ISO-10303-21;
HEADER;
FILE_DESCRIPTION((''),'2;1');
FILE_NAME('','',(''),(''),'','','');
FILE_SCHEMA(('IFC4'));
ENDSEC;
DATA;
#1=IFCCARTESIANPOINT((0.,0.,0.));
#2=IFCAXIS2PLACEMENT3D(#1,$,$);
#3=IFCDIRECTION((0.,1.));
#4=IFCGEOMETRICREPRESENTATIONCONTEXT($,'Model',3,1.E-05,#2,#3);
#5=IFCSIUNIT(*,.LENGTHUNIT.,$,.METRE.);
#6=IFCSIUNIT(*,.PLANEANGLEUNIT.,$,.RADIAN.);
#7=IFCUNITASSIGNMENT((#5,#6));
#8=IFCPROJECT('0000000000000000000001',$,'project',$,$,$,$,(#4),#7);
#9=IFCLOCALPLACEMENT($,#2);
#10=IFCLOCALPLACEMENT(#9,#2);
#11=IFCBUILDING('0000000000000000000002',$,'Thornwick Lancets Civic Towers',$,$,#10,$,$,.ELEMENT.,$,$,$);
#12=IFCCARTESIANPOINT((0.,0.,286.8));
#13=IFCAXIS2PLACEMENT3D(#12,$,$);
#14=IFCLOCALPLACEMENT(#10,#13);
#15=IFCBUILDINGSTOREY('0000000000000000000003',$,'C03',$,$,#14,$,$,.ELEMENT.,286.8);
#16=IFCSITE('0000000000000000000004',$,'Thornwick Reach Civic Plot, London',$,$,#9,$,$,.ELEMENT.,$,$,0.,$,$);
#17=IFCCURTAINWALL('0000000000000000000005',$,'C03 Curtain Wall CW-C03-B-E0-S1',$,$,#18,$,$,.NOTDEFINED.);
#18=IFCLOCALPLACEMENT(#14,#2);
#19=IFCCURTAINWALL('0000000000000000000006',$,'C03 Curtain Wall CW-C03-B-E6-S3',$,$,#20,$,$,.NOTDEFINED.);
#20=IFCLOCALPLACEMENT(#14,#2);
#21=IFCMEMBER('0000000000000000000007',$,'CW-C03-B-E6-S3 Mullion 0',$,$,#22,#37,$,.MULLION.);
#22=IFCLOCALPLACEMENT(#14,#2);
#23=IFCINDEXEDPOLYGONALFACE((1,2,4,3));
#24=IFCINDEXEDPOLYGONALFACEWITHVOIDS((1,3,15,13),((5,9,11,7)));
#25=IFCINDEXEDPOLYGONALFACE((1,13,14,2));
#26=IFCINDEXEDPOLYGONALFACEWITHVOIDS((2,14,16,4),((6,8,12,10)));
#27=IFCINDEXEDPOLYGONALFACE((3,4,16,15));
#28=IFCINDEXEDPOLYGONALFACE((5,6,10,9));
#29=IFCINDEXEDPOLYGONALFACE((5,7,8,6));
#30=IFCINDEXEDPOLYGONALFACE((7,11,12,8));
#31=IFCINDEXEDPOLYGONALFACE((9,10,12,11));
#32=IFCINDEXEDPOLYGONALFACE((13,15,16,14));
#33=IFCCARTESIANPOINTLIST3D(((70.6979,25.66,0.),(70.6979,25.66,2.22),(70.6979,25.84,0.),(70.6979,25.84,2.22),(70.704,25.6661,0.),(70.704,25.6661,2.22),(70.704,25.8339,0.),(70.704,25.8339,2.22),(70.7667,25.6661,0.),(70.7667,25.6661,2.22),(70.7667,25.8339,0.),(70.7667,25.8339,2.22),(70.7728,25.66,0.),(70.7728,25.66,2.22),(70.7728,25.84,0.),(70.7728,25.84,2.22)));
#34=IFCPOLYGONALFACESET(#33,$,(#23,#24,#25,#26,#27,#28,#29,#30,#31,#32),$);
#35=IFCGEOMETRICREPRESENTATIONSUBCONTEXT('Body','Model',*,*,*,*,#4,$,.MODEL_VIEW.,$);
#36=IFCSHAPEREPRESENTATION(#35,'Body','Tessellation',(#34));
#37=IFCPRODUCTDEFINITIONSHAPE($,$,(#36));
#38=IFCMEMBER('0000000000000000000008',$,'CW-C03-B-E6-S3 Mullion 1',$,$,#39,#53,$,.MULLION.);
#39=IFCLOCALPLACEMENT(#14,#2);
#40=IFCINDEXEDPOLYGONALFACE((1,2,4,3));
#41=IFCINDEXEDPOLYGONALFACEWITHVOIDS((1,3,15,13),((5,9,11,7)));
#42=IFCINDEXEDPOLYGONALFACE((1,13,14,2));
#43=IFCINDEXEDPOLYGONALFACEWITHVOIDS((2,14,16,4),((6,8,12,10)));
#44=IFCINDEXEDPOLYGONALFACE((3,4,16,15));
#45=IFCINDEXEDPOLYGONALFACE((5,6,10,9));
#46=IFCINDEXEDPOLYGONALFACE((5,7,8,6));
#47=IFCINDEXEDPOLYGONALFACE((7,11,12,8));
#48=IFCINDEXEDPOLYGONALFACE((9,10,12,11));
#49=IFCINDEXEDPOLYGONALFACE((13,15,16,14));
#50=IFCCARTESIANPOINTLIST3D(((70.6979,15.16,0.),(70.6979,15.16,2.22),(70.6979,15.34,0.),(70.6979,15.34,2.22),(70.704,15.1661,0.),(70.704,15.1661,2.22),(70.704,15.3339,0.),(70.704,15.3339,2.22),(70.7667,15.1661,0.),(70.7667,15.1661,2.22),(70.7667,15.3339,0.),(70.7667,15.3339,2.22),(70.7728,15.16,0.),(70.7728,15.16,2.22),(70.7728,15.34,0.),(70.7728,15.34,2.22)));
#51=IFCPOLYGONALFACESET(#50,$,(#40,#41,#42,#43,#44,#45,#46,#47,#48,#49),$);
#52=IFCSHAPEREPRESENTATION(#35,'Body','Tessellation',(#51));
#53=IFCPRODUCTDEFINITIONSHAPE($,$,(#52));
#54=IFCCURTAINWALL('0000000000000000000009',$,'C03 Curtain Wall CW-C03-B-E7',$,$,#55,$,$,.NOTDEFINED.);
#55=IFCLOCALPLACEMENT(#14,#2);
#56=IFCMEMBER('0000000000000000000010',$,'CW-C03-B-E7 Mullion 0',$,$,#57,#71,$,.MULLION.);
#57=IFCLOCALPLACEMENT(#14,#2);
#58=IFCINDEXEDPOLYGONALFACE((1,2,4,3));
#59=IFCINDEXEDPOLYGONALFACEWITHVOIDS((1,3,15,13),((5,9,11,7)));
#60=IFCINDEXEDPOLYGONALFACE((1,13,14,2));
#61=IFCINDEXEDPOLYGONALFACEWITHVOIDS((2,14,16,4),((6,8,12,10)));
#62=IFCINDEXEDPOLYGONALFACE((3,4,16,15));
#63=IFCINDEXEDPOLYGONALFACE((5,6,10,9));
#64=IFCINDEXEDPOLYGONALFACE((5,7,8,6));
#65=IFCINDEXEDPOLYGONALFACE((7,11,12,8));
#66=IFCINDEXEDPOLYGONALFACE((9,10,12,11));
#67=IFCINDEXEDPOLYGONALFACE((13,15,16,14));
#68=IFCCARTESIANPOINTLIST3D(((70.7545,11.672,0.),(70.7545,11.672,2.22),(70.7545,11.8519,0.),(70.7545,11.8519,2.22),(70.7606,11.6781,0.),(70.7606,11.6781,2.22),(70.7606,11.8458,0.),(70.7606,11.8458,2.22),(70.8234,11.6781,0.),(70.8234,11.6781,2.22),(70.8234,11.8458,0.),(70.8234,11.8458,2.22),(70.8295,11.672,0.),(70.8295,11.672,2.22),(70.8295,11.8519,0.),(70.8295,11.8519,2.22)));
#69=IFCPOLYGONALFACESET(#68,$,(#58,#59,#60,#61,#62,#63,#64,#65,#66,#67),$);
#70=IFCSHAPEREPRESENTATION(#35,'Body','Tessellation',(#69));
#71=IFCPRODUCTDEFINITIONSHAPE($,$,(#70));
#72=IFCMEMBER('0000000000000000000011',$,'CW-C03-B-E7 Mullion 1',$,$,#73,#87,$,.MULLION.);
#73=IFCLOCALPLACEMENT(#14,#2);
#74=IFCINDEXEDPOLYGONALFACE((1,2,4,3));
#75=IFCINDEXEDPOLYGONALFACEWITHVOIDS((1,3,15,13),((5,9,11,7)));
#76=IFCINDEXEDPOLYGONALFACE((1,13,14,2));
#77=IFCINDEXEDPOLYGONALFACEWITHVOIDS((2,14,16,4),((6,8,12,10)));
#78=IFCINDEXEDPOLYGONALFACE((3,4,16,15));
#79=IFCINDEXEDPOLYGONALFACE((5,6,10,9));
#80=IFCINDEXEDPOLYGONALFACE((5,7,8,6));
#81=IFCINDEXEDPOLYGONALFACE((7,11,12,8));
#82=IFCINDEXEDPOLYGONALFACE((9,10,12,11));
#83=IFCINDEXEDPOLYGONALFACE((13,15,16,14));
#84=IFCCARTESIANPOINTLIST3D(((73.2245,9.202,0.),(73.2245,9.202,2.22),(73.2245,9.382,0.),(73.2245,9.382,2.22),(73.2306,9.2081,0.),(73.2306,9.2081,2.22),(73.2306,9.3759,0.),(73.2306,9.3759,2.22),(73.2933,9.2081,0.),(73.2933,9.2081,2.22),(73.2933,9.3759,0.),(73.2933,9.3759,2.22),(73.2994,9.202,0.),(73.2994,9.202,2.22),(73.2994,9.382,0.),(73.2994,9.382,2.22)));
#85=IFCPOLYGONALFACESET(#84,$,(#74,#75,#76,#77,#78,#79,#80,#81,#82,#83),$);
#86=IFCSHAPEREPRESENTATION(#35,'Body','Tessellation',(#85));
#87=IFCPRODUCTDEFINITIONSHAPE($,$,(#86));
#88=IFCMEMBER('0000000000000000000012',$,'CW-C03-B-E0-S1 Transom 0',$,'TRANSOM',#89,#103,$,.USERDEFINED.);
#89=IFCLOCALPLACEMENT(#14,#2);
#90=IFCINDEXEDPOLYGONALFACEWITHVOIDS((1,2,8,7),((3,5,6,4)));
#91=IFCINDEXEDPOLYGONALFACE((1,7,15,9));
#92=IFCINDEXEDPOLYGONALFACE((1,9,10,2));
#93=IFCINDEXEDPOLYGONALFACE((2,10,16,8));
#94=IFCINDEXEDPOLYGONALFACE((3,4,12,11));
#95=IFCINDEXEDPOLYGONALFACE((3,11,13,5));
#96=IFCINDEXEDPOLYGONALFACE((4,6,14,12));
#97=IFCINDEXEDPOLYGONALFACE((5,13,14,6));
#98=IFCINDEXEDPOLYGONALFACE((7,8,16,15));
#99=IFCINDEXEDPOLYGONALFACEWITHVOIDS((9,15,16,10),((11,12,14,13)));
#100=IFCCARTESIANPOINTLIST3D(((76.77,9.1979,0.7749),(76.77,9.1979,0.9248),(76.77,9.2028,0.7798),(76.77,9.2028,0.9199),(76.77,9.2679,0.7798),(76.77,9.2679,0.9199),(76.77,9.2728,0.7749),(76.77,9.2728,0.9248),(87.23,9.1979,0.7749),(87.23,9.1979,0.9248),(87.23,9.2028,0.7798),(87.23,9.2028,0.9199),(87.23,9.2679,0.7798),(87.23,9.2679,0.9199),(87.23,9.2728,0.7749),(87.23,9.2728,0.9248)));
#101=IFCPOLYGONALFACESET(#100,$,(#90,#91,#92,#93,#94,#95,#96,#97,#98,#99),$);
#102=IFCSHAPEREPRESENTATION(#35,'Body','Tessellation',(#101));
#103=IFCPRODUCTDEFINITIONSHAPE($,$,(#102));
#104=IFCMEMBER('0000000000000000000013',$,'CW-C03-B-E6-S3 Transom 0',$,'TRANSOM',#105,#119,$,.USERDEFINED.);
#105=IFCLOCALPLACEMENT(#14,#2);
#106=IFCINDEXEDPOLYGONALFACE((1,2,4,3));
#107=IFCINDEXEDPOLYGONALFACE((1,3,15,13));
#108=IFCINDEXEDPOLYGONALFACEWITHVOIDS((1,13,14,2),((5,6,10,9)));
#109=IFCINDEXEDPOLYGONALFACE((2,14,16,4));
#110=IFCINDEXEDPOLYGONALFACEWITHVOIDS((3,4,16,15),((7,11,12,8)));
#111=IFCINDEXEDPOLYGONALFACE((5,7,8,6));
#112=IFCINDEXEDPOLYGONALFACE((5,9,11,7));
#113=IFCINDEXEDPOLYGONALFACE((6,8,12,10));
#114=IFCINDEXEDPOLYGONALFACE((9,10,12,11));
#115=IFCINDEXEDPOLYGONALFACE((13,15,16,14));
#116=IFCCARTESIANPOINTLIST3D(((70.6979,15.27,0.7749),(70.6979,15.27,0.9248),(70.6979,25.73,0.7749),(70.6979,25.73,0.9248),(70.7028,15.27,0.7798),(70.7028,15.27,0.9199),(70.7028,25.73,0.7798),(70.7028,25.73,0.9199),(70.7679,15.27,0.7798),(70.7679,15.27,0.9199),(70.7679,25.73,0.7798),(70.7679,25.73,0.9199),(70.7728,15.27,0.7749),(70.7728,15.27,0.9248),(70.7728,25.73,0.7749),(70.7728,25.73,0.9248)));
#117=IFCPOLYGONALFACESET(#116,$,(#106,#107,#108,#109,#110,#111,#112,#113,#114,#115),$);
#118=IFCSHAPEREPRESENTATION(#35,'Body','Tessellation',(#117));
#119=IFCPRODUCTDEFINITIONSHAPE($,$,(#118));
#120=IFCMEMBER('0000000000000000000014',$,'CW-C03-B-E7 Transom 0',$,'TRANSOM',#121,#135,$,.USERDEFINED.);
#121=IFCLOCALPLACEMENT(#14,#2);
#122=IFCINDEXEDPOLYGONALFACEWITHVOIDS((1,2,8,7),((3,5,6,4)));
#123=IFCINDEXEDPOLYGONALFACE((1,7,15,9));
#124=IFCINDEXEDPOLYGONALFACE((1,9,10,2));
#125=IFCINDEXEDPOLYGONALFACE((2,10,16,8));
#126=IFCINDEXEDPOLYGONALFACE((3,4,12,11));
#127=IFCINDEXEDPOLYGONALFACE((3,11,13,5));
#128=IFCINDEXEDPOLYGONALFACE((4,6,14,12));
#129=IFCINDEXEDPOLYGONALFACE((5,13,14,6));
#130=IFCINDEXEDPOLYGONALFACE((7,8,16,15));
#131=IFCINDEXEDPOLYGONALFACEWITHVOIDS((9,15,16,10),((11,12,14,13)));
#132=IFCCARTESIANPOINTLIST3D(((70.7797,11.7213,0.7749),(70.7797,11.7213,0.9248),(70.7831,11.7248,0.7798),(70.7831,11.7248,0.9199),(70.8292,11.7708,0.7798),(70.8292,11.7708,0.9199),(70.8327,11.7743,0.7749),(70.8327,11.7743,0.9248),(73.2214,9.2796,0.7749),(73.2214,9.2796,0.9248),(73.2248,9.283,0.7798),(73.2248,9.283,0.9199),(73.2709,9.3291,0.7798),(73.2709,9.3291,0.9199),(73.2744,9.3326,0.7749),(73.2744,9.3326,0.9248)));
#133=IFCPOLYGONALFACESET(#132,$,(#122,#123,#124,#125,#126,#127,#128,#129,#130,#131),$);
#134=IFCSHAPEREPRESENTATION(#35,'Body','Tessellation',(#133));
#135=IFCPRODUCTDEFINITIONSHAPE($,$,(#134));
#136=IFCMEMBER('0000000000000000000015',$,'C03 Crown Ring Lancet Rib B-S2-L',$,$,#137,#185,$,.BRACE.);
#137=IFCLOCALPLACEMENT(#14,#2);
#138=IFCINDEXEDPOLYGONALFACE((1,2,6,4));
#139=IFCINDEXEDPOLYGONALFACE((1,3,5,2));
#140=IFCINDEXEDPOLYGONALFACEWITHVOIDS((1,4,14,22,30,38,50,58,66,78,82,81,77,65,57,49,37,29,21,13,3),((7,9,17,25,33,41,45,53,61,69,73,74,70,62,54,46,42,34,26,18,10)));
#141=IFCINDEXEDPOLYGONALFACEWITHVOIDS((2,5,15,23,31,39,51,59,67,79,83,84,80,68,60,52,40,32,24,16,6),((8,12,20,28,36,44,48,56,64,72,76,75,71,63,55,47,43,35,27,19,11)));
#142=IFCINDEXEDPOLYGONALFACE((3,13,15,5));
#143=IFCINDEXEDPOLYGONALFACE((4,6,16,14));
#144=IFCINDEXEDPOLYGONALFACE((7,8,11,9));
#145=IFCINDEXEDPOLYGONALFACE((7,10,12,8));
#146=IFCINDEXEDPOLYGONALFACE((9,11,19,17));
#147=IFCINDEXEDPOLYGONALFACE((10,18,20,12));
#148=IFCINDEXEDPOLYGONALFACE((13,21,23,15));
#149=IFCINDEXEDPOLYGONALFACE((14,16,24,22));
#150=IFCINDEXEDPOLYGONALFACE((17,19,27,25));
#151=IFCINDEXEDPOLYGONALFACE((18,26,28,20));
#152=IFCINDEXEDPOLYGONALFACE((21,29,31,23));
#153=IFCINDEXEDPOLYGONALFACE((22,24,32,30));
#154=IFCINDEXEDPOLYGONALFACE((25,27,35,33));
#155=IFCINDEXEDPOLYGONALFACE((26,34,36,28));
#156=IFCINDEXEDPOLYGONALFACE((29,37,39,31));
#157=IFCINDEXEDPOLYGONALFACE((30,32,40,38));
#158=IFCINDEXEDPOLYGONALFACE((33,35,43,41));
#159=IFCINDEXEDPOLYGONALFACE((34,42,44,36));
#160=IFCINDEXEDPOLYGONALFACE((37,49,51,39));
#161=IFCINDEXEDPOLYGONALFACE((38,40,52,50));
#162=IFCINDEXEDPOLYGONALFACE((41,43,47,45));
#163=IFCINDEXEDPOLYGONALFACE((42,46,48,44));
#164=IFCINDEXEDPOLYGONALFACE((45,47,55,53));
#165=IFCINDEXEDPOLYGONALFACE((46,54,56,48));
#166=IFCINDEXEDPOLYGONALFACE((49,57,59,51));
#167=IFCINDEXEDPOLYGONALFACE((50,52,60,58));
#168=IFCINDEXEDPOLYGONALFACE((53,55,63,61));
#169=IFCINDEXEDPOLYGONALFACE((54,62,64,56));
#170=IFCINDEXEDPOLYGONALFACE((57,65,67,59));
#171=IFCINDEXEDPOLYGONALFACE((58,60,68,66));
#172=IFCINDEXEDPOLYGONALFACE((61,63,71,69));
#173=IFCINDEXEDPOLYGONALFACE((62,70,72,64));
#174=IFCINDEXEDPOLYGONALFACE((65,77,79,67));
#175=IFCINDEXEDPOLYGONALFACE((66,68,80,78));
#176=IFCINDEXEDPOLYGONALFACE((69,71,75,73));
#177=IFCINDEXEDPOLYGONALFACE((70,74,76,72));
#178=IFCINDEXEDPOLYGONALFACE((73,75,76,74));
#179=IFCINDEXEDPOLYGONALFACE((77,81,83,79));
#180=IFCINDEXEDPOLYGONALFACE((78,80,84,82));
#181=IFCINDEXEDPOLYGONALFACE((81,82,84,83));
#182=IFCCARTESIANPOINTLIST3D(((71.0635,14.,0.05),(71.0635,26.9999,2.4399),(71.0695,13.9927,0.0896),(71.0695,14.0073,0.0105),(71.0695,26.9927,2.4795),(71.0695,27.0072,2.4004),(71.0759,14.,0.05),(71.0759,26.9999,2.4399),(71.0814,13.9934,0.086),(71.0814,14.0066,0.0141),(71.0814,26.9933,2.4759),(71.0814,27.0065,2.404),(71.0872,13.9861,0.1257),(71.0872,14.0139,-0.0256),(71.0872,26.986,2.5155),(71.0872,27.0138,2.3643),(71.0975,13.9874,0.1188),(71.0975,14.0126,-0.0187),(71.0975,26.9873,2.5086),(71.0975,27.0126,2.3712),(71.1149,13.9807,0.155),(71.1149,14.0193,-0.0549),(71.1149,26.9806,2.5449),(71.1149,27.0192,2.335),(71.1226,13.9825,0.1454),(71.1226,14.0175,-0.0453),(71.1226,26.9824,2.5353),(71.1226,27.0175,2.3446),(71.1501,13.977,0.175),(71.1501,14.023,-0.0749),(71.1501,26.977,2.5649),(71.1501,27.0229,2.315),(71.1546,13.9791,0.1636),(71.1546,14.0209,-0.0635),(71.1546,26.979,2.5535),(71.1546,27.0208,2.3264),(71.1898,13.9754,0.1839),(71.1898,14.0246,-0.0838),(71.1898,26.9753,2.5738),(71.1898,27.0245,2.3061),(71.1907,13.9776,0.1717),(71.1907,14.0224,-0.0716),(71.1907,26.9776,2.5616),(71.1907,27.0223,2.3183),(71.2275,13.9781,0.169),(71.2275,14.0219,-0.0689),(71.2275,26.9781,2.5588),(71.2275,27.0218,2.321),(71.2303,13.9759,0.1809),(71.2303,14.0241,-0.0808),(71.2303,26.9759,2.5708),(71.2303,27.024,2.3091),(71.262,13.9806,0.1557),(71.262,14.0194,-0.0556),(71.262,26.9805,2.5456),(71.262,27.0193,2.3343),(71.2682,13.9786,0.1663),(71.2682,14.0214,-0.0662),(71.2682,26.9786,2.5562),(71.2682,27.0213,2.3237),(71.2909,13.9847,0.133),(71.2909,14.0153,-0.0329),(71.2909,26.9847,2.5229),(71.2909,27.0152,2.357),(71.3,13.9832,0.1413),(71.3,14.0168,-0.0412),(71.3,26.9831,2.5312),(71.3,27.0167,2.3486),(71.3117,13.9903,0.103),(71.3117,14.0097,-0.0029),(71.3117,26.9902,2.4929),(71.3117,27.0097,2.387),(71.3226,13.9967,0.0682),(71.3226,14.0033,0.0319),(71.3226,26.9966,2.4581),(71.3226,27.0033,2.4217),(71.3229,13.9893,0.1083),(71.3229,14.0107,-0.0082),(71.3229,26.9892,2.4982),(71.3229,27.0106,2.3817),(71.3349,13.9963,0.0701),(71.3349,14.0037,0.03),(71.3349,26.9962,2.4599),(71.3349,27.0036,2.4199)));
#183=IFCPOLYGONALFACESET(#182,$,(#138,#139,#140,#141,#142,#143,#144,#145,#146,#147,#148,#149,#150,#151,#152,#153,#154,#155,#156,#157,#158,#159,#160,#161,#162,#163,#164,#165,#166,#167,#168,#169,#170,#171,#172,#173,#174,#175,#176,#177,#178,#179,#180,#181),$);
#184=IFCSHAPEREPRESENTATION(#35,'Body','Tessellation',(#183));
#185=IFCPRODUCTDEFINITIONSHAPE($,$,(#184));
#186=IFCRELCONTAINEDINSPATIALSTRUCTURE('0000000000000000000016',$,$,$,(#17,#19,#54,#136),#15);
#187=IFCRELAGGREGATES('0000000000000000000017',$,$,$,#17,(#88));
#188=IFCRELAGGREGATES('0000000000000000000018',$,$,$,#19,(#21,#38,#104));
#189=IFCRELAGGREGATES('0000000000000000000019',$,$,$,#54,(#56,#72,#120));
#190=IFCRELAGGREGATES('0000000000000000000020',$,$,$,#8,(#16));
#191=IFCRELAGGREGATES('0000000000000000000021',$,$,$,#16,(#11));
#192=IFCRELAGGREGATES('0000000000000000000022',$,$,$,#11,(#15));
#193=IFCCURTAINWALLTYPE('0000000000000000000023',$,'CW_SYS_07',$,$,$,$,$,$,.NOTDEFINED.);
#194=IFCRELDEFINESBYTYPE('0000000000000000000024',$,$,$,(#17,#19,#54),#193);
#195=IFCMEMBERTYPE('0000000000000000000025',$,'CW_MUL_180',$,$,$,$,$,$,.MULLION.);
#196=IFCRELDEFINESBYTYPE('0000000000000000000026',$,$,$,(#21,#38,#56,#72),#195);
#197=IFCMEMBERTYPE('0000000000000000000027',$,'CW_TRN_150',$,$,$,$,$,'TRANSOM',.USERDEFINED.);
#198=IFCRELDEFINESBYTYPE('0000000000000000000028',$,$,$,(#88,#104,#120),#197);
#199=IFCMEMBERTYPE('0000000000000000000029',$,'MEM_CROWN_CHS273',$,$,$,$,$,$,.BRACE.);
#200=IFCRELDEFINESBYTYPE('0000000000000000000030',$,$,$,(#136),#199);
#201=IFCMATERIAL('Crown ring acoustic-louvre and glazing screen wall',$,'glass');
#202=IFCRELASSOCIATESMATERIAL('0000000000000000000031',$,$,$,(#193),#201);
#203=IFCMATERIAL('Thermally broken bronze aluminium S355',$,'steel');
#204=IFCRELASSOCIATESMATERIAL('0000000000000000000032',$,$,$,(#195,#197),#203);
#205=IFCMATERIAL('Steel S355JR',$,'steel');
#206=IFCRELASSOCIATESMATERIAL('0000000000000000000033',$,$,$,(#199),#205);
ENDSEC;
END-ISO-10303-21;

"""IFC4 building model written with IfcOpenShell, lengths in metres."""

from ifc_helpers import new_model, si_unit, direction, frame, origin, origin_2d, place, context, subcontext, project, spatial, hollow_rectangle, hollow_circle, extrude, material, material_profile, profile_set, type_object, element, aggregate, save


model = new_model("IFC4")

# Units and contexts
model_context = context("Model", 3, precision=1e-05, world=origin(), true_north=direction((0.0, 1.0)))
body_context = subcontext(model_context, "Body", "Model", "MODEL_VIEW")
ifc_project = project(units=[si_unit("LENGTHUNIT", "METRE"), si_unit("PLANEANGLEUNIT", "RADIAN")], contexts=[model_context])

# Site, building, storey
site_placement = place(None, origin())
site = spatial("IfcSite", under=ifc_project, at=site_placement, Name="Thornwick Reach Civic Plot, London", CompositionType="ELEMENT", RefElevation=0.0)
building_placement = place(site_placement, origin())
building = spatial("IfcBuilding", under=site, at=building_placement, Name="Thornwick Lancets Civic Towers", CompositionType="ELEMENT")
storey_placement = place(building_placement, frame((0.0, 0.0, 286.8)))
storey = spatial("IfcBuildingStorey", under=building, at=storey_placement, Name="C03", CompositionType="ELEMENT", Elevation=286.8)

# Shared definitions
ifc_material_1 = material(Name="Steel S355JR", Category="steel")

# Curtain walls, members
ifc_material_2 = material(Name="Crown ring acoustic-louvre and glazing screen wall", Category="glass")
curtain_wall_type = type_object("IfcCurtainWallType", Name="CW_SYS_07", PredefinedType="NOTDEFINED", material=ifc_material_2)
curtain_wall_1_placement = place(storey_placement, origin())
curtain_wall_1 = element("IfcCurtainWall", 1, at=curtain_wall_1_placement, inside=storey, type_object=curtain_wall_type, Name="C03 Curtain Wall CW-C03-B-E0-S1", PredefinedType="NOTDEFINED")
ifc_material_3 = material(Name="Thermally broken bronze aluminium S355", Category="steel")
ifc_material_profile_1 = material_profile(ifc_material_3, hollow_rectangle(XDim=0.075, YDim=0.1799, WallThickness=0.0061, at=origin_2d()), Name="RHS 180x75x6")
ifc_profile_set_1 = profile_set([ifc_material_profile_1], Name="Thermally broken bronze aluminium S355")
member_type_1 = type_object("IfcMemberType", Name="CW_MUL_180", PredefinedType="MULLION", material=ifc_profile_set_1)
curtain_wall_2_placement = place(storey_placement, origin())
curtain_wall_2 = element("IfcCurtainWall", 2, at=curtain_wall_2_placement, inside=storey, type_object=curtain_wall_type, Name="C03 Curtain Wall CW-C03-B-E6-S3", PredefinedType="NOTDEFINED")
member_1_placement = place(storey_placement, frame((70.7354, 25.75, 0.0), z_axis=(0.0, 0.0, 1.0), x_axis=(1.0, 0.0, 0.0)))
member_1 = element("IfcMember", 3, at=member_1_placement, type_object=member_type_1, Name="CW-C03-B-E6-S3 Mullion 0", PredefinedType="MULLION", context=body_context, shape_type="SweptSolid", body=[
    extrude(hollow_rectangle(XDim=0.075, YDim=0.1799, WallThickness=0.0061, at=origin_2d()), origin(), (0.0, 0.0, 1.0), 2.22),
])
member_2_placement = place(storey_placement, frame((70.7354, 15.25, 0.0), z_axis=(0.0, 0.0, 1.0), x_axis=(1.0, 0.0, 0.0)))
member_2 = element("IfcMember", 4, at=member_2_placement, type_object=member_type_1, Name="CW-C03-B-E6-S3 Mullion 1", PredefinedType="MULLION", context=body_context, shape_type="SweptSolid", body=[
    extrude(hollow_rectangle(XDim=0.075, YDim=0.1799, WallThickness=0.0061, at=origin_2d()), origin(), (0.0, 0.0, 1.0), 2.22),
])
curtain_wall_3_placement = place(storey_placement, origin())
curtain_wall_3 = element("IfcCurtainWall", 5, at=curtain_wall_3_placement, inside=storey, type_object=curtain_wall_type, Name="C03 Curtain Wall CW-C03-B-E7", PredefinedType="NOTDEFINED")
member_3_placement = place(storey_placement, frame((70.792, 11.762, 0.0), z_axis=(0.0, 0.0, 1.0), x_axis=(1.0, 0.0, 0.0)))
member_3 = element("IfcMember", 6, at=member_3_placement, type_object=member_type_1, Name="CW-C03-B-E7 Mullion 0", PredefinedType="MULLION", context=body_context, shape_type="SweptSolid", body=[
    extrude(hollow_rectangle(XDim=0.075, YDim=0.1799, WallThickness=0.0061, at=origin_2d()), origin(), (0.0, 0.0, 1.0), 2.22),
])
member_4_placement = place(storey_placement, frame((73.262, 9.292, 0.0), z_axis=(0.0, 0.0, 1.0), x_axis=(1.0, 0.0, 0.0)))
member_4 = element("IfcMember", 7, at=member_4_placement, type_object=member_type_1, Name="CW-C03-B-E7 Mullion 1", PredefinedType="MULLION", context=body_context, shape_type="SweptSolid", body=[
    extrude(hollow_rectangle(XDim=0.075, YDim=0.1799, WallThickness=0.0061, at=origin_2d()), origin(), (0.0, 0.0, 1.0), 2.22),
])

# Members
ifc_material_profile_2 = material_profile(ifc_material_3, hollow_rectangle(XDim=0.075, YDim=0.1499, WallThickness=0.0049, at=origin_2d()), Name="RHS 150x75x5")
ifc_profile_set_2 = profile_set([ifc_material_profile_2], Name="Thermally broken bronze aluminium S355")
member_type_2 = type_object("IfcMemberType", Name="CW_TRN_150", ElementType="TRANSOM", PredefinedType="USERDEFINED", material=ifc_profile_set_2)
member_5_placement = place(storey_placement, frame((76.77, 9.2354, 0.8499), z_axis=(1.0, 0.0, 0.0), x_axis=(0.0, 1.0, 0.0)))
member_5 = element("IfcMember", 8, at=member_5_placement, type_object=member_type_2, Name="CW-C03-B-E0-S1 Transom 0", ObjectType="TRANSOM", PredefinedType="USERDEFINED", context=body_context, shape_type="SweptSolid", body=[
    extrude(hollow_rectangle(XDim=0.075, YDim=0.1499, WallThickness=0.0049, at=origin_2d()), origin(), (0.0, 0.0, 1.0), 10.46),
])
member_6_placement = place(storey_placement, frame((70.7354, 25.73, 0.8499), z_axis=(0.0, -1.0, 0.0), x_axis=(1.0, 0.0, 0.0)))
member_6 = element("IfcMember", 9, at=member_6_placement, type_object=member_type_2, Name="CW-C03-B-E6-S3 Transom 0", ObjectType="TRANSOM", PredefinedType="USERDEFINED", context=body_context, shape_type="SweptSolid", body=[
    extrude(hollow_rectangle(XDim=0.075, YDim=0.1499, WallThickness=0.0049, at=origin_2d()), origin(), (0.0, 0.0, 1.0), 10.46),
])
member_7_placement = place(storey_placement, frame((70.8062, 11.7478, 0.8499), z_axis=(0.707107, -0.707107, 0.0), x_axis=(0.707107, 0.707107, 0.0)))
member_7 = element("IfcMember", 10, at=member_7_placement, type_object=member_type_2, Name="CW-C03-B-E7 Transom 0", ObjectType="TRANSOM", PredefinedType="USERDEFINED", context=body_context, shape_type="SweptSolid", body=[
    extrude(hollow_rectangle(XDim=0.075, YDim=0.1499, WallThickness=0.0049, at=origin_2d()), origin(), (0.0, 0.0, 1.0), 3.4531),
])

# Member
ifc_material_profile_3 = material_profile(ifc_material_1, hollow_circle(Radius=0.1365, WallThickness=0.0125, at=origin_2d()), Name="CHS 273x12.5")
ifc_profile_set_3 = profile_set([ifc_material_profile_3], Name="Steel S355JR")
member_type_3 = type_object("IfcMemberType", Name="MEM_CROWN_CHS273", PredefinedType="BRACE", material=ifc_profile_set_3)
for number, where, z_axis, x_axis, name in (
    (11, (71.2, 14.0, 0.05), (0.0, 0.983518, 0.180808), (-1.0, 0.0, 0.0), "C03 Crown Ring Lancet Rib B-S2-L"),
):
    element("IfcMember", number, at=place(storey_placement, frame(where, z_axis=z_axis, x_axis=x_axis)), inside=storey, type_object=member_type_3, Name=name, PredefinedType="BRACE", context=body_context, shape_type="SweptSolid", body=[
        extrude(hollow_circle(Radius=0.1365, WallThickness=0.0125, at=origin_2d()), origin(), (0.0, 0.0, 1.0), 13.2178),
    ])

aggregate(curtain_wall_1, [member_5])
aggregate(curtain_wall_2, [member_1, member_2, member_6])
aggregate(curtain_wall_3, [member_3, member_4, member_7])

save(model, "model.ifc")
